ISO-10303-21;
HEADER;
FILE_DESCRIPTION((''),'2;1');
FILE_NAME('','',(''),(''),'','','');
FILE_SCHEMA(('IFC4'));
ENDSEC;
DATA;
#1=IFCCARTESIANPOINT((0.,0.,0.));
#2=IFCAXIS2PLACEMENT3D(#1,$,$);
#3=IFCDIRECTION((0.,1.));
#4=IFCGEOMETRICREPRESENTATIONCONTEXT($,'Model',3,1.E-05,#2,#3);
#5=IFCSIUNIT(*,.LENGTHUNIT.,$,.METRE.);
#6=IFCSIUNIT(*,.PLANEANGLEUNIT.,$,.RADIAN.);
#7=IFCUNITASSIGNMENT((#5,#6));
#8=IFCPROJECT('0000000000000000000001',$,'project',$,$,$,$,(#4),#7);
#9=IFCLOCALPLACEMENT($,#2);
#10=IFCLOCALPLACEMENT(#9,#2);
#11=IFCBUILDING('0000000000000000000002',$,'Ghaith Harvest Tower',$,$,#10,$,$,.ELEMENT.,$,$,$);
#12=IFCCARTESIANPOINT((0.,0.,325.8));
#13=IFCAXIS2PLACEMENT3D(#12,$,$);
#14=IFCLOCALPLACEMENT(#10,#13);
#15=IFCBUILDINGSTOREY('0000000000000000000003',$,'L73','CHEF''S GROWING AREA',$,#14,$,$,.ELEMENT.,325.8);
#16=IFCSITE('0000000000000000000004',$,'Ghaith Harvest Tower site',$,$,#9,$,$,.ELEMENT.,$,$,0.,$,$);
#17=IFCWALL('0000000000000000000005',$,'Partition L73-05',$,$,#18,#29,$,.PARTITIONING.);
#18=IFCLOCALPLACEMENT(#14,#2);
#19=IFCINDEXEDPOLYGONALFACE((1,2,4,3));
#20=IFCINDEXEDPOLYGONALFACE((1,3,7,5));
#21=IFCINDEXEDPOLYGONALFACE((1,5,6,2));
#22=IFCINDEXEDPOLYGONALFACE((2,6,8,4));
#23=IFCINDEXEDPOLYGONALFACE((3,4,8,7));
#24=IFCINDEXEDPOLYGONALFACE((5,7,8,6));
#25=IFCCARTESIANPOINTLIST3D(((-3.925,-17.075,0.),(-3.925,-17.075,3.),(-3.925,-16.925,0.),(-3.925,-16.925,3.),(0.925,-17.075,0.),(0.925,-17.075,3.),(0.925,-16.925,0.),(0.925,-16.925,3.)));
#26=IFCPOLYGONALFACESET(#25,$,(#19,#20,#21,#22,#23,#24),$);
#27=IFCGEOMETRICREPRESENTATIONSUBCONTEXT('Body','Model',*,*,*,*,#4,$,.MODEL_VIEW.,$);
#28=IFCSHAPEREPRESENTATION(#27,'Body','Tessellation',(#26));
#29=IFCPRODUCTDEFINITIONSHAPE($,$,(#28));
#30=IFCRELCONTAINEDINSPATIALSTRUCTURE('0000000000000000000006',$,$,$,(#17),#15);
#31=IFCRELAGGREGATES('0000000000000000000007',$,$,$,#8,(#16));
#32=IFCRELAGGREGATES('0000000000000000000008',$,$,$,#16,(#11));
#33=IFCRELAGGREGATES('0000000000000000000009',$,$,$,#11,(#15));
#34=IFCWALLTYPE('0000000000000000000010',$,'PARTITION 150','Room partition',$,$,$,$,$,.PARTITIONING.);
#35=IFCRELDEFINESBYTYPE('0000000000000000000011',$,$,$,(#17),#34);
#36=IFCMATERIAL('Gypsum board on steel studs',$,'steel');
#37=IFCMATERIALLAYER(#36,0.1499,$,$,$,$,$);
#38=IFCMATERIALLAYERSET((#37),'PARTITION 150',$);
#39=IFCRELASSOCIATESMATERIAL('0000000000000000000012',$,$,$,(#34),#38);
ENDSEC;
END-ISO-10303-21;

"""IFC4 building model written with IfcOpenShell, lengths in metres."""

from ifc_helpers import new_model, si_unit, direction, frame, frame_2d, origin, place, context, subcontext, project, spatial, rectangle, extrude, material, layer, layer_set, type_object, element, save


model = new_model("IFC4")

# Units and contexts
model_context = context("Model", 3, precision=1e-05, world=origin(), true_north=direction((0.0, 1.0)))
body_context = subcontext(model_context, "Body", "Model", "MODEL_VIEW")
ifc_project = project(units=[si_unit("LENGTHUNIT", "METRE"), si_unit("PLANEANGLEUNIT", "RADIAN")], contexts=[model_context])

# Site, building, storey
site_placement = place(None, origin())
site = spatial("IfcSite", under=ifc_project, at=site_placement, Name="Ghaith Harvest Tower site", CompositionType="ELEMENT", RefElevation=0.0)
building_placement = place(site_placement, origin())
building = spatial("IfcBuilding", under=site, at=building_placement, Name="Ghaith Harvest Tower", CompositionType="ELEMENT")
storey_placement = place(building_placement, frame((0.0, 0.0, 325.8)))
storey = spatial("IfcBuildingStorey", under=building, at=storey_placement, Name="L73", Description="CHEF'S GROWING AREA", CompositionType="ELEMENT", Elevation=325.8)

# Shared definitions
ifc_material_1 = material(Name="Gypsum board on steel studs", Category="steel")
ifc_layer_1 = layer(ifc_material_1, 0.1499)
ifc_layer_set_1 = layer_set([ifc_layer_1], Name="PARTITION 150")
wall_type = type_object("IfcWallType", Name="PARTITION 150", Description="Room partition", PredefinedType="PARTITIONING", material=ifc_layer_set_1)

# Wall
wall_1_placement = place(storey_placement, frame((-3.925, -17.0, 0.0), z_axis=(0.0, 0.0, 1.0), x_axis=(1.0, 0.0, 0.0)))
element("IfcWall", 1, at=wall_1_placement, inside=storey, type_object=wall_type, Name="Partition L73-05", PredefinedType="PARTITIONING", context=body_context, shape_type="SweptSolid", body=[
    extrude(rectangle(XDim=4.8501, YDim=0.1499, at=frame_2d((2.425, 0.0))), origin(), (0.0, 0.0, 1.0), 3.0),
])

save(model, "model.ifc")
